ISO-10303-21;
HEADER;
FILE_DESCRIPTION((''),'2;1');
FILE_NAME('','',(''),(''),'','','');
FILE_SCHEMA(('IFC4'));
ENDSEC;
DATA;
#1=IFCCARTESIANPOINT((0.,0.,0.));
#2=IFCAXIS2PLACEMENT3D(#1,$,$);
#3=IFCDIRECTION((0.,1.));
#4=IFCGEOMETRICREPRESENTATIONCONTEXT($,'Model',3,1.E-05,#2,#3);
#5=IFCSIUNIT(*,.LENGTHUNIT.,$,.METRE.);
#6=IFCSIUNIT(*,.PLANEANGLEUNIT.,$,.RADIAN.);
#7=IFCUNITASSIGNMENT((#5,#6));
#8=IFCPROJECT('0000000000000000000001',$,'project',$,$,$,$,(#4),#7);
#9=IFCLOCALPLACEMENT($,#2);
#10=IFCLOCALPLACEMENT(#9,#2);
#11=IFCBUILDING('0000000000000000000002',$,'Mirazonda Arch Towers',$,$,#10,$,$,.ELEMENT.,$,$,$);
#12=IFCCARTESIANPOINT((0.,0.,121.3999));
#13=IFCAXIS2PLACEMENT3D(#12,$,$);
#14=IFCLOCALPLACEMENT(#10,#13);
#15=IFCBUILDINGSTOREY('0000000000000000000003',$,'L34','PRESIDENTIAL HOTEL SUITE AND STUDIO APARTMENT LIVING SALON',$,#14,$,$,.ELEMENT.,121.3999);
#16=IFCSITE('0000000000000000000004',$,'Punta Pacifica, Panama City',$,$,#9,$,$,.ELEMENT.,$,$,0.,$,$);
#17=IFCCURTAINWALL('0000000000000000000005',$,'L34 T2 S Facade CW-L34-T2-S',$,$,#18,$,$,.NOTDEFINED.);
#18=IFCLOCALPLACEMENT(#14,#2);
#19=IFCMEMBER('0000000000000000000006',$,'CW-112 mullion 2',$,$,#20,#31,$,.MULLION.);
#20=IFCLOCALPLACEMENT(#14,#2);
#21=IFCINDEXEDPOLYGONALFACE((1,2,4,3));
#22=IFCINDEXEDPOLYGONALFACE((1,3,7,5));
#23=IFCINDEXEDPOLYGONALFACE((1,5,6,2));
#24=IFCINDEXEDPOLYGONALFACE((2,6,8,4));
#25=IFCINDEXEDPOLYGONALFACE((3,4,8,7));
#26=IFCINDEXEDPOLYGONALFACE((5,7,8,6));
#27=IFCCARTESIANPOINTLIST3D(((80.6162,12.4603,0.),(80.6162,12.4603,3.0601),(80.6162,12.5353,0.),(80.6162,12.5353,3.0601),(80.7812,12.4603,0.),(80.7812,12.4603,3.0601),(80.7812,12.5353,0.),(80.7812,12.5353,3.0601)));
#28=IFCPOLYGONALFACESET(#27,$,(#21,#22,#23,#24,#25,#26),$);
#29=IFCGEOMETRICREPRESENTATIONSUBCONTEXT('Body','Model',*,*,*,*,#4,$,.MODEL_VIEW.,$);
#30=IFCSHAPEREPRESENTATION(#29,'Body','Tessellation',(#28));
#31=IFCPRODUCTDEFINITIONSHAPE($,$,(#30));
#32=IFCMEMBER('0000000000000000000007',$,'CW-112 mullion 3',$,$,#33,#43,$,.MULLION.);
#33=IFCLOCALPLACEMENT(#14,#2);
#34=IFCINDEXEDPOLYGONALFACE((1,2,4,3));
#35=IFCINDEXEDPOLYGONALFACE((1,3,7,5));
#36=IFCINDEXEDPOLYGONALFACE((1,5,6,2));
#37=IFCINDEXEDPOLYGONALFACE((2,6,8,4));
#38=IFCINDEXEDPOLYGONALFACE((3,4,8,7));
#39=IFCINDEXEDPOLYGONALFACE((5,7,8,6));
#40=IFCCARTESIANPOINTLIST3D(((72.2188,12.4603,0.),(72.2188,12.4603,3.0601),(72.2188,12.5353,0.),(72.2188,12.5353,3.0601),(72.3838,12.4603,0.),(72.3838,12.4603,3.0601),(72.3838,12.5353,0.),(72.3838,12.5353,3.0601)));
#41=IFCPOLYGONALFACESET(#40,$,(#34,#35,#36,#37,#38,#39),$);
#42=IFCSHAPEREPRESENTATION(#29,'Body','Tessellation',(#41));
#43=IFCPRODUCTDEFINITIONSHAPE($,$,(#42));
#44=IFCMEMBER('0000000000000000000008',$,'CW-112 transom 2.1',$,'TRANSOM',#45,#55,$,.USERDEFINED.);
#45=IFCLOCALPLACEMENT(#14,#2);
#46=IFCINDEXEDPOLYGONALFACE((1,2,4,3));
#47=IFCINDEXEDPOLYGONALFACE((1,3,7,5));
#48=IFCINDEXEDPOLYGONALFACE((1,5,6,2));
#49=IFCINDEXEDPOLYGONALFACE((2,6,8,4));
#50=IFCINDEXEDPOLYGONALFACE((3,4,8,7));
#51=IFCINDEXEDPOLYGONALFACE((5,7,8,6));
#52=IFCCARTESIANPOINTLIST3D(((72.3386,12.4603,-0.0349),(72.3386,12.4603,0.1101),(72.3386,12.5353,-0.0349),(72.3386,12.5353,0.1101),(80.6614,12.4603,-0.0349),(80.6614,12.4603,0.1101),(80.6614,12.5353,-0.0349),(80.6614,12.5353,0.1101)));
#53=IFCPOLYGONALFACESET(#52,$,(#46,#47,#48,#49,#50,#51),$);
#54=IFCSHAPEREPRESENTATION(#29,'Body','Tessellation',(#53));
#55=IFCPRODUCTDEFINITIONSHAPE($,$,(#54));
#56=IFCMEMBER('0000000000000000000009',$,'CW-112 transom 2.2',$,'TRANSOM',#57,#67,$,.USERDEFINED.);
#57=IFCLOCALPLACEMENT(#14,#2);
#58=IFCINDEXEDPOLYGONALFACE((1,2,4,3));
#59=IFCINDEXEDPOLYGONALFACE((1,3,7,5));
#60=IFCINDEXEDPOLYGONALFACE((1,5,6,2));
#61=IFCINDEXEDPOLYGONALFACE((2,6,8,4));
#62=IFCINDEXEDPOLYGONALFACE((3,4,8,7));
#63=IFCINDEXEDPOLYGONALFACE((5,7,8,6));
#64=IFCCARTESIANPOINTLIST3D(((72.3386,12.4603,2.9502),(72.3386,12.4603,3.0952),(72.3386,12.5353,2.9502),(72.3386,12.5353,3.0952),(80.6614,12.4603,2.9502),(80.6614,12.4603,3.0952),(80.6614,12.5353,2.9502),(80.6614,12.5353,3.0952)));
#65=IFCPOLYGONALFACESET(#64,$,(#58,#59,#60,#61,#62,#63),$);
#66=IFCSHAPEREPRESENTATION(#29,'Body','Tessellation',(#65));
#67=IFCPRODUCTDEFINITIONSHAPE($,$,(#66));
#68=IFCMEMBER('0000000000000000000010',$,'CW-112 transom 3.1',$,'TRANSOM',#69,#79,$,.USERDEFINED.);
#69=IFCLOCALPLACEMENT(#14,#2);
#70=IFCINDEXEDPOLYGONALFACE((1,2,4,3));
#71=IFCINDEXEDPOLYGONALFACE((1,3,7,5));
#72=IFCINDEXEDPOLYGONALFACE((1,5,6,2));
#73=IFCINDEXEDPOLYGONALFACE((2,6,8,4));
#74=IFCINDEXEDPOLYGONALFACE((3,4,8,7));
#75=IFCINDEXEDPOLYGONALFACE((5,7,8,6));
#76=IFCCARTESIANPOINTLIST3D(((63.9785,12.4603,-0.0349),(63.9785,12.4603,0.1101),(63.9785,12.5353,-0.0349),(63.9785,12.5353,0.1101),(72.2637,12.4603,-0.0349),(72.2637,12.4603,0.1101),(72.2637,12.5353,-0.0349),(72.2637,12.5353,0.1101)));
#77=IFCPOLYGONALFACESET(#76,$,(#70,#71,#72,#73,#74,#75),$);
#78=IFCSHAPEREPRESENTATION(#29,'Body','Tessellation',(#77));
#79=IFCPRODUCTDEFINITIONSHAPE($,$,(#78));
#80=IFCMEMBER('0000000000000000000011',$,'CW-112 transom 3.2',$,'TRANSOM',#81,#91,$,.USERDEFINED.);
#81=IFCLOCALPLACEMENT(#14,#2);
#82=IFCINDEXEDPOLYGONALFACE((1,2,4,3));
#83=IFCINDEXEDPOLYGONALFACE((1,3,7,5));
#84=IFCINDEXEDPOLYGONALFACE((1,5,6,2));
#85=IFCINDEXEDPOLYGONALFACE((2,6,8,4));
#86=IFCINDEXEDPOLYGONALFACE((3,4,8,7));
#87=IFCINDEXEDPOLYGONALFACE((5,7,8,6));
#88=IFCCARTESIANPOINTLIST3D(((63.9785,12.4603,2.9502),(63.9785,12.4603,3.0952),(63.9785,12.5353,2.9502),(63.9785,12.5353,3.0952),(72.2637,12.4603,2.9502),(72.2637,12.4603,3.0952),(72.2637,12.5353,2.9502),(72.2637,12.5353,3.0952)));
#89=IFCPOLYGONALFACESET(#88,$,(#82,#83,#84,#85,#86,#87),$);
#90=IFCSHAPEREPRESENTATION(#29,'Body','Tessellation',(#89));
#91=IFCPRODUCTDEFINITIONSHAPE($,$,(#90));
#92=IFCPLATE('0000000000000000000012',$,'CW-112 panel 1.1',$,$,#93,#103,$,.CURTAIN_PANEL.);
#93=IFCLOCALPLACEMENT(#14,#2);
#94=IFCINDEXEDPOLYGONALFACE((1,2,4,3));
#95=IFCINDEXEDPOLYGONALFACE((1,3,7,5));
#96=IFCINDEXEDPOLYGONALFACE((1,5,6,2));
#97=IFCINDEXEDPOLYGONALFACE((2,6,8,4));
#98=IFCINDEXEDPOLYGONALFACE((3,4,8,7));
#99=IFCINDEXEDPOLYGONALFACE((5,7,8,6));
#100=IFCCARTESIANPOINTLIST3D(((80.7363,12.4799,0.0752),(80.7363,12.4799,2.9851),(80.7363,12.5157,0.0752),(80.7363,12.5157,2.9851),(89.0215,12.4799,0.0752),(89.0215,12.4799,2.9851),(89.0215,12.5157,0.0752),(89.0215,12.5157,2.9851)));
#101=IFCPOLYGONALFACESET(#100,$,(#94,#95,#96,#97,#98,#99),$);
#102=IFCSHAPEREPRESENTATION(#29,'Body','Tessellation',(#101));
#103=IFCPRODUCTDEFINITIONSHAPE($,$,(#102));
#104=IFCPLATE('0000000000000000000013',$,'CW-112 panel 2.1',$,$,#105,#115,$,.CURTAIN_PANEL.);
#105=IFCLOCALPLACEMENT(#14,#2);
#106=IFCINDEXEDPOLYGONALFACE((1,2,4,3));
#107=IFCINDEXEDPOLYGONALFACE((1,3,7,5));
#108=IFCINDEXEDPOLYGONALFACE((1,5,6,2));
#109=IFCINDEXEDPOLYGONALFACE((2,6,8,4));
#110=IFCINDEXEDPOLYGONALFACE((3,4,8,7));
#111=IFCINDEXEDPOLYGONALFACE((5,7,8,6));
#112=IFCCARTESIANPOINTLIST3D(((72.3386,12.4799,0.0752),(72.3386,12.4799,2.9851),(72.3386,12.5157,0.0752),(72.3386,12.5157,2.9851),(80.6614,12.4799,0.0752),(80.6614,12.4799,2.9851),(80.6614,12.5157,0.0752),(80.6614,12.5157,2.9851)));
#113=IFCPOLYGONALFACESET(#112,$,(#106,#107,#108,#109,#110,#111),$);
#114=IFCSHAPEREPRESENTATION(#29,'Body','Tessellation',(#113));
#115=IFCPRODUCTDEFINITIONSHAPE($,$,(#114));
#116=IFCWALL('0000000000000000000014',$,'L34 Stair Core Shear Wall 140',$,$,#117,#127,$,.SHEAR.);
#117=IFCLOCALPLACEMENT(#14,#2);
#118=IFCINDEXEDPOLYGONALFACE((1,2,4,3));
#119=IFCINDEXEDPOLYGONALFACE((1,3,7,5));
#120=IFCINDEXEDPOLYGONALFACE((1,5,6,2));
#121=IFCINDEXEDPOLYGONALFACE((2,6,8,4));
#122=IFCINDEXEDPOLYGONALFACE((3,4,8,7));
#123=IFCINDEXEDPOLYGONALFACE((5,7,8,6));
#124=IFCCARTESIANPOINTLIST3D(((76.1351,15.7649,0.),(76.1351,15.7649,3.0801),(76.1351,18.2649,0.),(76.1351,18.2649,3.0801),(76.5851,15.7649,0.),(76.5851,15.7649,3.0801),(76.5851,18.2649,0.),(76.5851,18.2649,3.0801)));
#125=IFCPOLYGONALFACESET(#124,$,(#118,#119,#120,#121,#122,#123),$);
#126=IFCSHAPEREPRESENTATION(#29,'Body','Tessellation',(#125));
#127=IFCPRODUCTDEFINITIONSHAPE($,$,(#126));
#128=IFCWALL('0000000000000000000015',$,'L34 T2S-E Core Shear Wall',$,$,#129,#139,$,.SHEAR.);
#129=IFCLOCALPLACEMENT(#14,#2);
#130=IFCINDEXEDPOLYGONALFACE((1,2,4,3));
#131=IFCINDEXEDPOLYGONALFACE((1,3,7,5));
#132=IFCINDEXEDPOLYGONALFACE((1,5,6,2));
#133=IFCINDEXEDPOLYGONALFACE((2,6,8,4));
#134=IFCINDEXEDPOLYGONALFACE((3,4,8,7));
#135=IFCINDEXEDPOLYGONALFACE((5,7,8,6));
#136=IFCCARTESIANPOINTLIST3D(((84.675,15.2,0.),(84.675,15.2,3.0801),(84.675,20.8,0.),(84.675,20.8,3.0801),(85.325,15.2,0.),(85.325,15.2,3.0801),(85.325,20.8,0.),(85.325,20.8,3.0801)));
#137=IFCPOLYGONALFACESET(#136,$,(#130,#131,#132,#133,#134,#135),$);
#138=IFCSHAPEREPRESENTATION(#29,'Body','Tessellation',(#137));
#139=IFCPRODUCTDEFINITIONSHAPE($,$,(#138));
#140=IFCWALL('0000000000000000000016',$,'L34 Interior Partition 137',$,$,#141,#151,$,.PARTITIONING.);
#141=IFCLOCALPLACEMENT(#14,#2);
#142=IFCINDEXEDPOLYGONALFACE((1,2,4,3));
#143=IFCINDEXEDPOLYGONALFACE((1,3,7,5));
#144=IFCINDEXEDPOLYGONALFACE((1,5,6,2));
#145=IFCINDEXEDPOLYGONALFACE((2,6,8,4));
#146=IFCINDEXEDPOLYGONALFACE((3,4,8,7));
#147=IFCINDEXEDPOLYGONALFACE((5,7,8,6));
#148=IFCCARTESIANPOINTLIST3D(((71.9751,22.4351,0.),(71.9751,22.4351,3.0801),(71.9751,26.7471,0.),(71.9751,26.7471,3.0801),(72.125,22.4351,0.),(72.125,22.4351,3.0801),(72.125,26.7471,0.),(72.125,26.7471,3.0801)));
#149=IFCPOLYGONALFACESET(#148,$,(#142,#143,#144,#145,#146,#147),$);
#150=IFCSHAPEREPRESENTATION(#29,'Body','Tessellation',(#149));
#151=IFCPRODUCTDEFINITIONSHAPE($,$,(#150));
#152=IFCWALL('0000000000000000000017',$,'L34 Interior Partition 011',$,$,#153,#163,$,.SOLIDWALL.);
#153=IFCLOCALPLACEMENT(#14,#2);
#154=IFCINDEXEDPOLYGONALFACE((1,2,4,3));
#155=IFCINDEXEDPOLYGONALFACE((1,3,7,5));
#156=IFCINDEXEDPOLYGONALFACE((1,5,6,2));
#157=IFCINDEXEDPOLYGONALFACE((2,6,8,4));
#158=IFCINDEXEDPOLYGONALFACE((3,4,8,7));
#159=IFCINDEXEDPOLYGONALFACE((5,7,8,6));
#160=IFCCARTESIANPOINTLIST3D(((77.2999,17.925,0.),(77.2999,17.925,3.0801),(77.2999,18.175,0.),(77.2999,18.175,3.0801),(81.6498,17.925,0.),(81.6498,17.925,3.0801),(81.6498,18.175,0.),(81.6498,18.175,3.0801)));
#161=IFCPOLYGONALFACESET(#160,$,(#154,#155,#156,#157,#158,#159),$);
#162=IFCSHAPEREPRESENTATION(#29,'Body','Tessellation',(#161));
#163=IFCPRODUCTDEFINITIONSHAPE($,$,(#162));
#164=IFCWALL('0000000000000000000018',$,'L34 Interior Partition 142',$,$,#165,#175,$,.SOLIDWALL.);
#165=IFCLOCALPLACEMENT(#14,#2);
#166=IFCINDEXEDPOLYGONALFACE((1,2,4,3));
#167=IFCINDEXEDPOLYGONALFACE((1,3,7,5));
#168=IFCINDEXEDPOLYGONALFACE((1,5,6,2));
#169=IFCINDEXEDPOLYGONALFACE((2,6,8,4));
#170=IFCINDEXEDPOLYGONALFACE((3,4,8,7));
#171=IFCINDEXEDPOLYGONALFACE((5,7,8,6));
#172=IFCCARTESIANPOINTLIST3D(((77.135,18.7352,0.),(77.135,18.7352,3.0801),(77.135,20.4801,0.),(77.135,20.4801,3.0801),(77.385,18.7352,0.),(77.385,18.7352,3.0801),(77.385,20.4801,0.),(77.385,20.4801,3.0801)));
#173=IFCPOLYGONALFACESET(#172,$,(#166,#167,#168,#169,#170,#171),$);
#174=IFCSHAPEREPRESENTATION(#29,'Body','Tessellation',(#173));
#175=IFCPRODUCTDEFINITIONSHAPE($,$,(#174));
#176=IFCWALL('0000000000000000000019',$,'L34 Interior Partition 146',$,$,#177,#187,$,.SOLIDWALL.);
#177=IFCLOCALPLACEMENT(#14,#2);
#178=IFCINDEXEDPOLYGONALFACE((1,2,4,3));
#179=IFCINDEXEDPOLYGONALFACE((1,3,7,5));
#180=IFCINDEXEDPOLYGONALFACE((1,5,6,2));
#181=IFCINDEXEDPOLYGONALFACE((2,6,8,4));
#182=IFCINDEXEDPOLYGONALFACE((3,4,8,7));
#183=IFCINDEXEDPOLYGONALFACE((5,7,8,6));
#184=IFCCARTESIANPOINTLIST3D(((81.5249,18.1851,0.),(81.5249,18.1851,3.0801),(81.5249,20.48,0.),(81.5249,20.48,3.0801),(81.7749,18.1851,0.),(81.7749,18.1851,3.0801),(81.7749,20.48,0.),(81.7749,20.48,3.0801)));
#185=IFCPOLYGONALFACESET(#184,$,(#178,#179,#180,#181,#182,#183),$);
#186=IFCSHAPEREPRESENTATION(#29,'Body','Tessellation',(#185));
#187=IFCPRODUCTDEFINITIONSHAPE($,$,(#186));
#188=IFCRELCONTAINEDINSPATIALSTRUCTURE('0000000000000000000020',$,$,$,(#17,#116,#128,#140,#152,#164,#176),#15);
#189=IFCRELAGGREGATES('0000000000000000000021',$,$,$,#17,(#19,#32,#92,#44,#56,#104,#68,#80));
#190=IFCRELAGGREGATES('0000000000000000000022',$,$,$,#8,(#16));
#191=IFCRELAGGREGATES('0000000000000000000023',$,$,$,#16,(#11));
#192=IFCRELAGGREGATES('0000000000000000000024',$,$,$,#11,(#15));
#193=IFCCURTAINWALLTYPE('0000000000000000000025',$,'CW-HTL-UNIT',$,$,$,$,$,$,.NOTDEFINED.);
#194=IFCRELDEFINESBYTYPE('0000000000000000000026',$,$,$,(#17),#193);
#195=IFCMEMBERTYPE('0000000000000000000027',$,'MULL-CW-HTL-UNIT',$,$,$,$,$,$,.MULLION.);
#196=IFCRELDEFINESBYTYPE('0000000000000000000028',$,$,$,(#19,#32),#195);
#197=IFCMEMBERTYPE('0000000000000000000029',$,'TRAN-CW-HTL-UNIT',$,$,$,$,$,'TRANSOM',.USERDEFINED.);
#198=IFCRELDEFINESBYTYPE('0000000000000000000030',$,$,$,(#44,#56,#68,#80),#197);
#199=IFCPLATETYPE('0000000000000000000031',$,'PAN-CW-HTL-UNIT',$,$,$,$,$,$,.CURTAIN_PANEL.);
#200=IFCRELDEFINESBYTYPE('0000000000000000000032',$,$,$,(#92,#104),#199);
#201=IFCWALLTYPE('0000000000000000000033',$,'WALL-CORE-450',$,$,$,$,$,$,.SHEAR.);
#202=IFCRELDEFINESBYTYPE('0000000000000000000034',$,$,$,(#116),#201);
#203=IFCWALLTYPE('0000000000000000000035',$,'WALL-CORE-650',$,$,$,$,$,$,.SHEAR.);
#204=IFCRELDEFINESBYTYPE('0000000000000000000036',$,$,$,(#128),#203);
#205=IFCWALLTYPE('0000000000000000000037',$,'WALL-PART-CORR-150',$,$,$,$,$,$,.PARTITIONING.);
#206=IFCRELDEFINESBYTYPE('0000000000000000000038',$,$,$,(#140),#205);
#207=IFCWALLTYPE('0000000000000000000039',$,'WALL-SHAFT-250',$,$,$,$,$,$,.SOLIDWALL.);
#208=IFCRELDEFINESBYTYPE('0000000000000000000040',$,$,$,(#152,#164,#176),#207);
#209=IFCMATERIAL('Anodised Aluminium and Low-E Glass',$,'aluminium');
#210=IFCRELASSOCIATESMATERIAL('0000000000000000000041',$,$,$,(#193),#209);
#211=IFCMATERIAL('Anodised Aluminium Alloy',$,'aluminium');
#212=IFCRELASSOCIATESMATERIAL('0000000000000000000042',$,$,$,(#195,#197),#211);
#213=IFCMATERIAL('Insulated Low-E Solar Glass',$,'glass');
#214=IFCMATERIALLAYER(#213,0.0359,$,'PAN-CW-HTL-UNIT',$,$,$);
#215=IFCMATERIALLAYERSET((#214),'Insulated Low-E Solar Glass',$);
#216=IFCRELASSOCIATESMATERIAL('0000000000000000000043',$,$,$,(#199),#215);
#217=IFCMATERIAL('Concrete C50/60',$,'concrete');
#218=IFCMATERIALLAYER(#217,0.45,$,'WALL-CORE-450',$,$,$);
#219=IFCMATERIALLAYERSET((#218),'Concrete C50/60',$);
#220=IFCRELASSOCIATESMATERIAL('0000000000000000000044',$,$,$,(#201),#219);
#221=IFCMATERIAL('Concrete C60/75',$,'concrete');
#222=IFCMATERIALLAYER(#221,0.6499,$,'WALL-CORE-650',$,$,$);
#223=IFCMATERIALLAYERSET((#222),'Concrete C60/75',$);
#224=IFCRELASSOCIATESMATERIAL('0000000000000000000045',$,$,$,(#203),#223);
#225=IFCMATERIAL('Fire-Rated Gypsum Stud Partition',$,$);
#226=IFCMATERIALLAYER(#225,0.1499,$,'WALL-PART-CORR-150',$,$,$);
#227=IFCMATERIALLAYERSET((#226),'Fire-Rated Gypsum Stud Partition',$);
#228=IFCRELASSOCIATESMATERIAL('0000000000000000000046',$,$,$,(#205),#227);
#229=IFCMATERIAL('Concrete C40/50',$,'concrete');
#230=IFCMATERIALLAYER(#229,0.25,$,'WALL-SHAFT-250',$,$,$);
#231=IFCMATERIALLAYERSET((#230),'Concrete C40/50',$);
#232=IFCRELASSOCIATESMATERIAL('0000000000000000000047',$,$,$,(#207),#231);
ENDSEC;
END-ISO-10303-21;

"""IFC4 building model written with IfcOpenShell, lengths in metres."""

from ifc_helpers import new_model, si_unit, direction, frame, frame_2d, origin, origin_2d, place, context, subcontext, project, spatial, rectangle, extrude, material, layer, layer_set, material_profile, profile_set, type_object, element, aggregate, save


model = new_model("IFC4")

# Units and contexts
model_context = context("Model", 3, precision=1e-05, world=origin(), true_north=direction((0.0, 1.0)))
body_context = subcontext(model_context, "Body", "Model", "MODEL_VIEW")
ifc_project = project(units=[si_unit("LENGTHUNIT", "METRE"), si_unit("PLANEANGLEUNIT", "RADIAN")], contexts=[model_context])

# Site, building, storey
site_placement = place(None, origin())
site = spatial("IfcSite", under=ifc_project, at=site_placement, Name="Punta Pacifica, Panama City", CompositionType="ELEMENT", RefElevation=0.0)
building_placement = place(site_placement, origin())
building = spatial("IfcBuilding", under=site, at=building_placement, Name="Mirazonda Arch Towers", CompositionType="ELEMENT")
storey_placement = place(building_placement, frame((0.0, 0.0, 121.3999)))
storey = spatial("IfcBuildingStorey", under=building, at=storey_placement, Name="L34", Description="PRESIDENTIAL HOTEL SUITE AND STUDIO APARTMENT LIVING SALON", CompositionType="ELEMENT", Elevation=121.3999)

# Shared definitions
ifc_material_1 = material(Name="Concrete C50/60", Category="concrete")

# Shared definitions
ifc_material_2 = material(Name="Concrete C60/75", Category="concrete")

# Curtain wall, members, plates
ifc_material_3 = material(Name="Anodised Aluminium and Low-E Glass", Category="aluminium")
curtain_wall_type = type_object("IfcCurtainWallType", Name="CW-HTL-UNIT", PredefinedType="NOTDEFINED", material=ifc_material_3)
curtain_wall_placement = place(storey_placement, origin())
curtain_wall = element("IfcCurtainWall", 1, at=curtain_wall_placement, inside=storey, type_object=curtain_wall_type, Name="L34 T2 S Facade CW-L34-T2-S", PredefinedType="NOTDEFINED")
ifc_material_4 = material(Name="Anodised Aluminium Alloy", Category="aluminium")
ifc_material_profile_1 = material_profile(ifc_material_4, rectangle(XDim=0.075, YDim=0.165, at=origin_2d()), Name="ALU-MULL-75x165")
ifc_profile_set_1 = profile_set([ifc_material_profile_1], Name="Anodised Aluminium Alloy")
member_type_1 = type_object("IfcMemberType", Name="MULL-CW-HTL-UNIT", PredefinedType="MULLION", material=ifc_profile_set_1)
member_1_placement = place(storey_placement, frame((80.6987, 12.4978, 0.0), z_axis=(0.0, 0.0, 1.0), x_axis=(0.0, -1.0, 0.0)))
member_1 = element("IfcMember", 2, at=member_1_placement, type_object=member_type_1, Name="CW-112 mullion 2", PredefinedType="MULLION", context=body_context, shape_type="SweptSolid", body=[
    extrude(rectangle(XDim=0.075, YDim=0.165, at=origin_2d()), origin(), (0.0, 0.0, 1.0), 3.0601),
])
member_2_placement = place(storey_placement, frame((72.3013, 12.4978, 0.0), z_axis=(0.0, 0.0, 1.0), x_axis=(0.0, -1.0, 0.0)))
member_2 = element("IfcMember", 3, at=member_2_placement, type_object=member_type_1, Name="CW-112 mullion 3", PredefinedType="MULLION", context=body_context, shape_type="SweptSolid", body=[
    extrude(rectangle(XDim=0.075, YDim=0.165, at=origin_2d()), origin(), (0.0, 0.0, 1.0), 3.0601),
])
ifc_material_profile_2 = material_profile(ifc_material_4, rectangle(XDim=0.075, YDim=0.145, at=origin_2d()), Name="ALU-TRAN-75x145")
ifc_profile_set_2 = profile_set([ifc_material_profile_2], Name="Anodised Aluminium Alloy")
member_type_2 = type_object("IfcMemberType", Name="TRAN-CW-HTL-UNIT", ElementType="TRANSOM", PredefinedType="USERDEFINED", material=ifc_profile_set_2)
member_3_placement = place(storey_placement, frame((80.6614, 12.4978, 0.0376), z_axis=(-1.0, 0.0, 0.0), x_axis=(0.0, -1.0, 0.0)))
member_3 = element("IfcMember", 4, at=member_3_placement, type_object=member_type_2, Name="CW-112 transom 2.1", ObjectType="TRANSOM", PredefinedType="USERDEFINED", context=body_context, shape_type="SweptSolid", body=[
    extrude(rectangle(XDim=0.075, YDim=0.145, at=origin_2d()), origin(), (0.0, 0.0, 1.0), 8.3228),
])
member_4_placement = place(storey_placement, frame((80.6614, 12.4978, 3.0227), z_axis=(-1.0, 0.0, 0.0), x_axis=(0.0, -1.0, 0.0)))
member_4 = element("IfcMember", 5, at=member_4_placement, type_object=member_type_2, Name="CW-112 transom 2.2", ObjectType="TRANSOM", PredefinedType="USERDEFINED", context=body_context, shape_type="SweptSolid", body=[
    extrude(rectangle(XDim=0.075, YDim=0.145, at=origin_2d()), origin(), (0.0, 0.0, 1.0), 8.3228),
])
member_5_placement = place(storey_placement, frame((72.2637, 12.4978, 0.0376), z_axis=(-1.0, 0.0, 0.0), x_axis=(0.0, -1.0, 0.0)))
member_5 = element("IfcMember", 6, at=member_5_placement, type_object=member_type_2, Name="CW-112 transom 3.1", ObjectType="TRANSOM", PredefinedType="USERDEFINED", context=body_context, shape_type="SweptSolid", body=[
    extrude(rectangle(XDim=0.075, YDim=0.145, at=origin_2d()), origin(), (0.0, 0.0, 1.0), 8.2852),
])
member_6_placement = place(storey_placement, frame((72.2637, 12.4978, 3.0227), z_axis=(-1.0, 0.0, 0.0), x_axis=(0.0, -1.0, 0.0)))
member_6 = element("IfcMember", 7, at=member_6_placement, type_object=member_type_2, Name="CW-112 transom 3.2", ObjectType="TRANSOM", PredefinedType="USERDEFINED", context=body_context, shape_type="SweptSolid", body=[
    extrude(rectangle(XDim=0.075, YDim=0.145, at=origin_2d()), origin(), (0.0, 0.0, 1.0), 8.2852),
])
ifc_material_5 = material(Name="Insulated Low-E Solar Glass", Category="glass")
ifc_layer_1 = layer(ifc_material_5, 0.0359, Name="PAN-CW-HTL-UNIT")
ifc_layer_set_1 = layer_set([ifc_layer_1], Name="Insulated Low-E Solar Glass")
plate_type = type_object("IfcPlateType", Name="PAN-CW-HTL-UNIT", PredefinedType="CURTAIN_PANEL", material=ifc_layer_set_1)
plate_1_placement = place(storey_placement, frame((84.8789, 12.4978, 0.0752), z_axis=(0.0, 0.0, 1.0), x_axis=(-1.0, 0.0, 0.0)))
plate_1 = element("IfcPlate", 8, at=plate_1_placement, type_object=plate_type, Name="CW-112 panel 1.1", PredefinedType="CURTAIN_PANEL", context=body_context, shape_type="SweptSolid", body=[
    extrude(rectangle(XDim=8.2852, YDim=0.0359, at=origin_2d()), origin(), (0.0, 0.0, 1.0), 2.9099),
])
plate_2_placement = place(storey_placement, frame((76.5, 12.4978, 0.0752), z_axis=(0.0, 0.0, 1.0), x_axis=(-1.0, 0.0, 0.0)))
plate_2 = element("IfcPlate", 9, at=plate_2_placement, type_object=plate_type, Name="CW-112 panel 2.1", PredefinedType="CURTAIN_PANEL", context=body_context, shape_type="SweptSolid", body=[
    extrude(rectangle(XDim=8.3228, YDim=0.0359, at=origin_2d()), origin(), (0.0, 0.0, 1.0), 2.9099),
])
aggregate(curtain_wall, [member_1, member_2, plate_1, member_3, member_4, plate_2, member_5, member_6])

# Walls
ifc_layer_2 = layer(ifc_material_1, 0.45, Name="WALL-CORE-450")
ifc_layer_set_2 = layer_set([ifc_layer_2], Name="Concrete C50/60")
wall_type_1 = type_object("IfcWallType", Name="WALL-CORE-450", PredefinedType="SHEAR", material=ifc_layer_set_2)
wall_1_placement = place(storey_placement, frame((76.3601, 15.7649, 0.0), z_axis=(0.0, 0.0, 1.0), x_axis=(0.0, 1.0, 0.0)))
element("IfcWall", 10, at=wall_1_placement, inside=storey, type_object=wall_type_1, Name="L34 Stair Core Shear Wall 140", PredefinedType="SHEAR", context=body_context, shape_type="SweptSolid", body=[
    extrude(rectangle(XDim=2.5, YDim=0.45, at=frame_2d((1.25, 0.0))), origin(), (0.0, 0.0, 1.0), 3.0801),
])
ifc_layer_3 = layer(ifc_material_2, 0.6499, Name="WALL-CORE-650")
ifc_layer_set_3 = layer_set([ifc_layer_3], Name="Concrete C60/75")
wall_type_2 = type_object("IfcWallType", Name="WALL-CORE-650", PredefinedType="SHEAR", material=ifc_layer_set_3)
wall_2_placement = place(storey_placement, frame((85.0, 15.2, 0.0), z_axis=(0.0, 0.0, 1.0), x_axis=(0.0, 1.0, 0.0)))
element("IfcWall", 11, at=wall_2_placement, inside=storey, type_object=wall_type_2, Name="L34 T2S-E Core Shear Wall", PredefinedType="SHEAR", context=body_context, shape_type="SweptSolid", body=[
    extrude(rectangle(XDim=5.6001, YDim=0.6499, at=frame_2d((2.8, 0.0))), origin(), (0.0, 0.0, 1.0), 3.0801),
])
ifc_material_6 = material(Name="Fire-Rated Gypsum Stud Partition")
ifc_layer_4 = layer(ifc_material_6, 0.1499, Name="WALL-PART-CORR-150")
ifc_layer_set_4 = layer_set([ifc_layer_4], Name="Fire-Rated Gypsum Stud Partition")
wall_type_3 = type_object("IfcWallType", Name="WALL-PART-CORR-150", PredefinedType="PARTITIONING", material=ifc_layer_set_4)
wall_3_placement = place(storey_placement, frame((72.05, 22.4351, 0.0), z_axis=(0.0, 0.0, 1.0), x_axis=(0.0, 1.0, 0.0)))
element("IfcWall", 12, at=wall_3_placement, inside=storey, type_object=wall_type_3, Name="L34 Interior Partition 137", PredefinedType="PARTITIONING", context=body_context, shape_type="SweptSolid", body=[
    extrude(rectangle(XDim=4.312, YDim=0.1499, at=frame_2d((2.156, 0.0))), origin(), (0.0, 0.0, 1.0), 3.0801),
])
ifc_material_7 = material(Name="Concrete C40/50", Category="concrete")
ifc_layer_5 = layer(ifc_material_7, 0.25, Name="WALL-SHAFT-250")
ifc_layer_set_5 = layer_set([ifc_layer_5], Name="Concrete C40/50")
wall_type_4 = type_object("IfcWallType", Name="WALL-SHAFT-250", PredefinedType="SOLIDWALL", material=ifc_layer_set_5)
wall_4_placement = place(storey_placement, frame((77.3, 18.05, 0.0), z_axis=(0.0, 0.0, 1.0), x_axis=(1.0, 0.0, 0.0)))
element("IfcWall", 13, at=wall_4_placement, inside=storey, type_object=wall_type_4, Name="L34 Interior Partition 011", PredefinedType="SOLIDWALL", context=body_context, shape_type="SweptSolid", body=[
    extrude(rectangle(XDim=4.3499, YDim=0.25, at=frame_2d((2.1748, 0.0))), origin(), (0.0, 0.0, 1.0), 3.0801),
])
wall_5_placement = place(storey_placement, frame((77.26, 18.7351, 0.0), z_axis=(0.0, 0.0, 1.0), x_axis=(0.0, 1.0, 0.0)))
element("IfcWall", 14, at=wall_5_placement, inside=storey, type_object=wall_type_4, Name="L34 Interior Partition 142", PredefinedType="SOLIDWALL", context=body_context, shape_type="SweptSolid", body=[
    extrude(rectangle(XDim=1.7449, YDim=0.25, at=frame_2d((0.8726, 0.0))), origin(), (0.0, 0.0, 1.0), 3.0801),
])
wall_6_placement = place(storey_placement, frame((81.6499, 18.1851, 0.0), z_axis=(0.0, 0.0, 1.0), x_axis=(0.0, 1.0, 0.0)))
element("IfcWall", 15, at=wall_6_placement, inside=storey, type_object=wall_type_4, Name="L34 Interior Partition 146", PredefinedType="SOLIDWALL", context=body_context, shape_type="SweptSolid", body=[
    extrude(rectangle(XDim=2.2949, YDim=0.25, at=frame_2d((1.1475, 0.0))), origin(), (0.0, 0.0, 1.0), 3.0801),
])

save(model, "model.ifc")
